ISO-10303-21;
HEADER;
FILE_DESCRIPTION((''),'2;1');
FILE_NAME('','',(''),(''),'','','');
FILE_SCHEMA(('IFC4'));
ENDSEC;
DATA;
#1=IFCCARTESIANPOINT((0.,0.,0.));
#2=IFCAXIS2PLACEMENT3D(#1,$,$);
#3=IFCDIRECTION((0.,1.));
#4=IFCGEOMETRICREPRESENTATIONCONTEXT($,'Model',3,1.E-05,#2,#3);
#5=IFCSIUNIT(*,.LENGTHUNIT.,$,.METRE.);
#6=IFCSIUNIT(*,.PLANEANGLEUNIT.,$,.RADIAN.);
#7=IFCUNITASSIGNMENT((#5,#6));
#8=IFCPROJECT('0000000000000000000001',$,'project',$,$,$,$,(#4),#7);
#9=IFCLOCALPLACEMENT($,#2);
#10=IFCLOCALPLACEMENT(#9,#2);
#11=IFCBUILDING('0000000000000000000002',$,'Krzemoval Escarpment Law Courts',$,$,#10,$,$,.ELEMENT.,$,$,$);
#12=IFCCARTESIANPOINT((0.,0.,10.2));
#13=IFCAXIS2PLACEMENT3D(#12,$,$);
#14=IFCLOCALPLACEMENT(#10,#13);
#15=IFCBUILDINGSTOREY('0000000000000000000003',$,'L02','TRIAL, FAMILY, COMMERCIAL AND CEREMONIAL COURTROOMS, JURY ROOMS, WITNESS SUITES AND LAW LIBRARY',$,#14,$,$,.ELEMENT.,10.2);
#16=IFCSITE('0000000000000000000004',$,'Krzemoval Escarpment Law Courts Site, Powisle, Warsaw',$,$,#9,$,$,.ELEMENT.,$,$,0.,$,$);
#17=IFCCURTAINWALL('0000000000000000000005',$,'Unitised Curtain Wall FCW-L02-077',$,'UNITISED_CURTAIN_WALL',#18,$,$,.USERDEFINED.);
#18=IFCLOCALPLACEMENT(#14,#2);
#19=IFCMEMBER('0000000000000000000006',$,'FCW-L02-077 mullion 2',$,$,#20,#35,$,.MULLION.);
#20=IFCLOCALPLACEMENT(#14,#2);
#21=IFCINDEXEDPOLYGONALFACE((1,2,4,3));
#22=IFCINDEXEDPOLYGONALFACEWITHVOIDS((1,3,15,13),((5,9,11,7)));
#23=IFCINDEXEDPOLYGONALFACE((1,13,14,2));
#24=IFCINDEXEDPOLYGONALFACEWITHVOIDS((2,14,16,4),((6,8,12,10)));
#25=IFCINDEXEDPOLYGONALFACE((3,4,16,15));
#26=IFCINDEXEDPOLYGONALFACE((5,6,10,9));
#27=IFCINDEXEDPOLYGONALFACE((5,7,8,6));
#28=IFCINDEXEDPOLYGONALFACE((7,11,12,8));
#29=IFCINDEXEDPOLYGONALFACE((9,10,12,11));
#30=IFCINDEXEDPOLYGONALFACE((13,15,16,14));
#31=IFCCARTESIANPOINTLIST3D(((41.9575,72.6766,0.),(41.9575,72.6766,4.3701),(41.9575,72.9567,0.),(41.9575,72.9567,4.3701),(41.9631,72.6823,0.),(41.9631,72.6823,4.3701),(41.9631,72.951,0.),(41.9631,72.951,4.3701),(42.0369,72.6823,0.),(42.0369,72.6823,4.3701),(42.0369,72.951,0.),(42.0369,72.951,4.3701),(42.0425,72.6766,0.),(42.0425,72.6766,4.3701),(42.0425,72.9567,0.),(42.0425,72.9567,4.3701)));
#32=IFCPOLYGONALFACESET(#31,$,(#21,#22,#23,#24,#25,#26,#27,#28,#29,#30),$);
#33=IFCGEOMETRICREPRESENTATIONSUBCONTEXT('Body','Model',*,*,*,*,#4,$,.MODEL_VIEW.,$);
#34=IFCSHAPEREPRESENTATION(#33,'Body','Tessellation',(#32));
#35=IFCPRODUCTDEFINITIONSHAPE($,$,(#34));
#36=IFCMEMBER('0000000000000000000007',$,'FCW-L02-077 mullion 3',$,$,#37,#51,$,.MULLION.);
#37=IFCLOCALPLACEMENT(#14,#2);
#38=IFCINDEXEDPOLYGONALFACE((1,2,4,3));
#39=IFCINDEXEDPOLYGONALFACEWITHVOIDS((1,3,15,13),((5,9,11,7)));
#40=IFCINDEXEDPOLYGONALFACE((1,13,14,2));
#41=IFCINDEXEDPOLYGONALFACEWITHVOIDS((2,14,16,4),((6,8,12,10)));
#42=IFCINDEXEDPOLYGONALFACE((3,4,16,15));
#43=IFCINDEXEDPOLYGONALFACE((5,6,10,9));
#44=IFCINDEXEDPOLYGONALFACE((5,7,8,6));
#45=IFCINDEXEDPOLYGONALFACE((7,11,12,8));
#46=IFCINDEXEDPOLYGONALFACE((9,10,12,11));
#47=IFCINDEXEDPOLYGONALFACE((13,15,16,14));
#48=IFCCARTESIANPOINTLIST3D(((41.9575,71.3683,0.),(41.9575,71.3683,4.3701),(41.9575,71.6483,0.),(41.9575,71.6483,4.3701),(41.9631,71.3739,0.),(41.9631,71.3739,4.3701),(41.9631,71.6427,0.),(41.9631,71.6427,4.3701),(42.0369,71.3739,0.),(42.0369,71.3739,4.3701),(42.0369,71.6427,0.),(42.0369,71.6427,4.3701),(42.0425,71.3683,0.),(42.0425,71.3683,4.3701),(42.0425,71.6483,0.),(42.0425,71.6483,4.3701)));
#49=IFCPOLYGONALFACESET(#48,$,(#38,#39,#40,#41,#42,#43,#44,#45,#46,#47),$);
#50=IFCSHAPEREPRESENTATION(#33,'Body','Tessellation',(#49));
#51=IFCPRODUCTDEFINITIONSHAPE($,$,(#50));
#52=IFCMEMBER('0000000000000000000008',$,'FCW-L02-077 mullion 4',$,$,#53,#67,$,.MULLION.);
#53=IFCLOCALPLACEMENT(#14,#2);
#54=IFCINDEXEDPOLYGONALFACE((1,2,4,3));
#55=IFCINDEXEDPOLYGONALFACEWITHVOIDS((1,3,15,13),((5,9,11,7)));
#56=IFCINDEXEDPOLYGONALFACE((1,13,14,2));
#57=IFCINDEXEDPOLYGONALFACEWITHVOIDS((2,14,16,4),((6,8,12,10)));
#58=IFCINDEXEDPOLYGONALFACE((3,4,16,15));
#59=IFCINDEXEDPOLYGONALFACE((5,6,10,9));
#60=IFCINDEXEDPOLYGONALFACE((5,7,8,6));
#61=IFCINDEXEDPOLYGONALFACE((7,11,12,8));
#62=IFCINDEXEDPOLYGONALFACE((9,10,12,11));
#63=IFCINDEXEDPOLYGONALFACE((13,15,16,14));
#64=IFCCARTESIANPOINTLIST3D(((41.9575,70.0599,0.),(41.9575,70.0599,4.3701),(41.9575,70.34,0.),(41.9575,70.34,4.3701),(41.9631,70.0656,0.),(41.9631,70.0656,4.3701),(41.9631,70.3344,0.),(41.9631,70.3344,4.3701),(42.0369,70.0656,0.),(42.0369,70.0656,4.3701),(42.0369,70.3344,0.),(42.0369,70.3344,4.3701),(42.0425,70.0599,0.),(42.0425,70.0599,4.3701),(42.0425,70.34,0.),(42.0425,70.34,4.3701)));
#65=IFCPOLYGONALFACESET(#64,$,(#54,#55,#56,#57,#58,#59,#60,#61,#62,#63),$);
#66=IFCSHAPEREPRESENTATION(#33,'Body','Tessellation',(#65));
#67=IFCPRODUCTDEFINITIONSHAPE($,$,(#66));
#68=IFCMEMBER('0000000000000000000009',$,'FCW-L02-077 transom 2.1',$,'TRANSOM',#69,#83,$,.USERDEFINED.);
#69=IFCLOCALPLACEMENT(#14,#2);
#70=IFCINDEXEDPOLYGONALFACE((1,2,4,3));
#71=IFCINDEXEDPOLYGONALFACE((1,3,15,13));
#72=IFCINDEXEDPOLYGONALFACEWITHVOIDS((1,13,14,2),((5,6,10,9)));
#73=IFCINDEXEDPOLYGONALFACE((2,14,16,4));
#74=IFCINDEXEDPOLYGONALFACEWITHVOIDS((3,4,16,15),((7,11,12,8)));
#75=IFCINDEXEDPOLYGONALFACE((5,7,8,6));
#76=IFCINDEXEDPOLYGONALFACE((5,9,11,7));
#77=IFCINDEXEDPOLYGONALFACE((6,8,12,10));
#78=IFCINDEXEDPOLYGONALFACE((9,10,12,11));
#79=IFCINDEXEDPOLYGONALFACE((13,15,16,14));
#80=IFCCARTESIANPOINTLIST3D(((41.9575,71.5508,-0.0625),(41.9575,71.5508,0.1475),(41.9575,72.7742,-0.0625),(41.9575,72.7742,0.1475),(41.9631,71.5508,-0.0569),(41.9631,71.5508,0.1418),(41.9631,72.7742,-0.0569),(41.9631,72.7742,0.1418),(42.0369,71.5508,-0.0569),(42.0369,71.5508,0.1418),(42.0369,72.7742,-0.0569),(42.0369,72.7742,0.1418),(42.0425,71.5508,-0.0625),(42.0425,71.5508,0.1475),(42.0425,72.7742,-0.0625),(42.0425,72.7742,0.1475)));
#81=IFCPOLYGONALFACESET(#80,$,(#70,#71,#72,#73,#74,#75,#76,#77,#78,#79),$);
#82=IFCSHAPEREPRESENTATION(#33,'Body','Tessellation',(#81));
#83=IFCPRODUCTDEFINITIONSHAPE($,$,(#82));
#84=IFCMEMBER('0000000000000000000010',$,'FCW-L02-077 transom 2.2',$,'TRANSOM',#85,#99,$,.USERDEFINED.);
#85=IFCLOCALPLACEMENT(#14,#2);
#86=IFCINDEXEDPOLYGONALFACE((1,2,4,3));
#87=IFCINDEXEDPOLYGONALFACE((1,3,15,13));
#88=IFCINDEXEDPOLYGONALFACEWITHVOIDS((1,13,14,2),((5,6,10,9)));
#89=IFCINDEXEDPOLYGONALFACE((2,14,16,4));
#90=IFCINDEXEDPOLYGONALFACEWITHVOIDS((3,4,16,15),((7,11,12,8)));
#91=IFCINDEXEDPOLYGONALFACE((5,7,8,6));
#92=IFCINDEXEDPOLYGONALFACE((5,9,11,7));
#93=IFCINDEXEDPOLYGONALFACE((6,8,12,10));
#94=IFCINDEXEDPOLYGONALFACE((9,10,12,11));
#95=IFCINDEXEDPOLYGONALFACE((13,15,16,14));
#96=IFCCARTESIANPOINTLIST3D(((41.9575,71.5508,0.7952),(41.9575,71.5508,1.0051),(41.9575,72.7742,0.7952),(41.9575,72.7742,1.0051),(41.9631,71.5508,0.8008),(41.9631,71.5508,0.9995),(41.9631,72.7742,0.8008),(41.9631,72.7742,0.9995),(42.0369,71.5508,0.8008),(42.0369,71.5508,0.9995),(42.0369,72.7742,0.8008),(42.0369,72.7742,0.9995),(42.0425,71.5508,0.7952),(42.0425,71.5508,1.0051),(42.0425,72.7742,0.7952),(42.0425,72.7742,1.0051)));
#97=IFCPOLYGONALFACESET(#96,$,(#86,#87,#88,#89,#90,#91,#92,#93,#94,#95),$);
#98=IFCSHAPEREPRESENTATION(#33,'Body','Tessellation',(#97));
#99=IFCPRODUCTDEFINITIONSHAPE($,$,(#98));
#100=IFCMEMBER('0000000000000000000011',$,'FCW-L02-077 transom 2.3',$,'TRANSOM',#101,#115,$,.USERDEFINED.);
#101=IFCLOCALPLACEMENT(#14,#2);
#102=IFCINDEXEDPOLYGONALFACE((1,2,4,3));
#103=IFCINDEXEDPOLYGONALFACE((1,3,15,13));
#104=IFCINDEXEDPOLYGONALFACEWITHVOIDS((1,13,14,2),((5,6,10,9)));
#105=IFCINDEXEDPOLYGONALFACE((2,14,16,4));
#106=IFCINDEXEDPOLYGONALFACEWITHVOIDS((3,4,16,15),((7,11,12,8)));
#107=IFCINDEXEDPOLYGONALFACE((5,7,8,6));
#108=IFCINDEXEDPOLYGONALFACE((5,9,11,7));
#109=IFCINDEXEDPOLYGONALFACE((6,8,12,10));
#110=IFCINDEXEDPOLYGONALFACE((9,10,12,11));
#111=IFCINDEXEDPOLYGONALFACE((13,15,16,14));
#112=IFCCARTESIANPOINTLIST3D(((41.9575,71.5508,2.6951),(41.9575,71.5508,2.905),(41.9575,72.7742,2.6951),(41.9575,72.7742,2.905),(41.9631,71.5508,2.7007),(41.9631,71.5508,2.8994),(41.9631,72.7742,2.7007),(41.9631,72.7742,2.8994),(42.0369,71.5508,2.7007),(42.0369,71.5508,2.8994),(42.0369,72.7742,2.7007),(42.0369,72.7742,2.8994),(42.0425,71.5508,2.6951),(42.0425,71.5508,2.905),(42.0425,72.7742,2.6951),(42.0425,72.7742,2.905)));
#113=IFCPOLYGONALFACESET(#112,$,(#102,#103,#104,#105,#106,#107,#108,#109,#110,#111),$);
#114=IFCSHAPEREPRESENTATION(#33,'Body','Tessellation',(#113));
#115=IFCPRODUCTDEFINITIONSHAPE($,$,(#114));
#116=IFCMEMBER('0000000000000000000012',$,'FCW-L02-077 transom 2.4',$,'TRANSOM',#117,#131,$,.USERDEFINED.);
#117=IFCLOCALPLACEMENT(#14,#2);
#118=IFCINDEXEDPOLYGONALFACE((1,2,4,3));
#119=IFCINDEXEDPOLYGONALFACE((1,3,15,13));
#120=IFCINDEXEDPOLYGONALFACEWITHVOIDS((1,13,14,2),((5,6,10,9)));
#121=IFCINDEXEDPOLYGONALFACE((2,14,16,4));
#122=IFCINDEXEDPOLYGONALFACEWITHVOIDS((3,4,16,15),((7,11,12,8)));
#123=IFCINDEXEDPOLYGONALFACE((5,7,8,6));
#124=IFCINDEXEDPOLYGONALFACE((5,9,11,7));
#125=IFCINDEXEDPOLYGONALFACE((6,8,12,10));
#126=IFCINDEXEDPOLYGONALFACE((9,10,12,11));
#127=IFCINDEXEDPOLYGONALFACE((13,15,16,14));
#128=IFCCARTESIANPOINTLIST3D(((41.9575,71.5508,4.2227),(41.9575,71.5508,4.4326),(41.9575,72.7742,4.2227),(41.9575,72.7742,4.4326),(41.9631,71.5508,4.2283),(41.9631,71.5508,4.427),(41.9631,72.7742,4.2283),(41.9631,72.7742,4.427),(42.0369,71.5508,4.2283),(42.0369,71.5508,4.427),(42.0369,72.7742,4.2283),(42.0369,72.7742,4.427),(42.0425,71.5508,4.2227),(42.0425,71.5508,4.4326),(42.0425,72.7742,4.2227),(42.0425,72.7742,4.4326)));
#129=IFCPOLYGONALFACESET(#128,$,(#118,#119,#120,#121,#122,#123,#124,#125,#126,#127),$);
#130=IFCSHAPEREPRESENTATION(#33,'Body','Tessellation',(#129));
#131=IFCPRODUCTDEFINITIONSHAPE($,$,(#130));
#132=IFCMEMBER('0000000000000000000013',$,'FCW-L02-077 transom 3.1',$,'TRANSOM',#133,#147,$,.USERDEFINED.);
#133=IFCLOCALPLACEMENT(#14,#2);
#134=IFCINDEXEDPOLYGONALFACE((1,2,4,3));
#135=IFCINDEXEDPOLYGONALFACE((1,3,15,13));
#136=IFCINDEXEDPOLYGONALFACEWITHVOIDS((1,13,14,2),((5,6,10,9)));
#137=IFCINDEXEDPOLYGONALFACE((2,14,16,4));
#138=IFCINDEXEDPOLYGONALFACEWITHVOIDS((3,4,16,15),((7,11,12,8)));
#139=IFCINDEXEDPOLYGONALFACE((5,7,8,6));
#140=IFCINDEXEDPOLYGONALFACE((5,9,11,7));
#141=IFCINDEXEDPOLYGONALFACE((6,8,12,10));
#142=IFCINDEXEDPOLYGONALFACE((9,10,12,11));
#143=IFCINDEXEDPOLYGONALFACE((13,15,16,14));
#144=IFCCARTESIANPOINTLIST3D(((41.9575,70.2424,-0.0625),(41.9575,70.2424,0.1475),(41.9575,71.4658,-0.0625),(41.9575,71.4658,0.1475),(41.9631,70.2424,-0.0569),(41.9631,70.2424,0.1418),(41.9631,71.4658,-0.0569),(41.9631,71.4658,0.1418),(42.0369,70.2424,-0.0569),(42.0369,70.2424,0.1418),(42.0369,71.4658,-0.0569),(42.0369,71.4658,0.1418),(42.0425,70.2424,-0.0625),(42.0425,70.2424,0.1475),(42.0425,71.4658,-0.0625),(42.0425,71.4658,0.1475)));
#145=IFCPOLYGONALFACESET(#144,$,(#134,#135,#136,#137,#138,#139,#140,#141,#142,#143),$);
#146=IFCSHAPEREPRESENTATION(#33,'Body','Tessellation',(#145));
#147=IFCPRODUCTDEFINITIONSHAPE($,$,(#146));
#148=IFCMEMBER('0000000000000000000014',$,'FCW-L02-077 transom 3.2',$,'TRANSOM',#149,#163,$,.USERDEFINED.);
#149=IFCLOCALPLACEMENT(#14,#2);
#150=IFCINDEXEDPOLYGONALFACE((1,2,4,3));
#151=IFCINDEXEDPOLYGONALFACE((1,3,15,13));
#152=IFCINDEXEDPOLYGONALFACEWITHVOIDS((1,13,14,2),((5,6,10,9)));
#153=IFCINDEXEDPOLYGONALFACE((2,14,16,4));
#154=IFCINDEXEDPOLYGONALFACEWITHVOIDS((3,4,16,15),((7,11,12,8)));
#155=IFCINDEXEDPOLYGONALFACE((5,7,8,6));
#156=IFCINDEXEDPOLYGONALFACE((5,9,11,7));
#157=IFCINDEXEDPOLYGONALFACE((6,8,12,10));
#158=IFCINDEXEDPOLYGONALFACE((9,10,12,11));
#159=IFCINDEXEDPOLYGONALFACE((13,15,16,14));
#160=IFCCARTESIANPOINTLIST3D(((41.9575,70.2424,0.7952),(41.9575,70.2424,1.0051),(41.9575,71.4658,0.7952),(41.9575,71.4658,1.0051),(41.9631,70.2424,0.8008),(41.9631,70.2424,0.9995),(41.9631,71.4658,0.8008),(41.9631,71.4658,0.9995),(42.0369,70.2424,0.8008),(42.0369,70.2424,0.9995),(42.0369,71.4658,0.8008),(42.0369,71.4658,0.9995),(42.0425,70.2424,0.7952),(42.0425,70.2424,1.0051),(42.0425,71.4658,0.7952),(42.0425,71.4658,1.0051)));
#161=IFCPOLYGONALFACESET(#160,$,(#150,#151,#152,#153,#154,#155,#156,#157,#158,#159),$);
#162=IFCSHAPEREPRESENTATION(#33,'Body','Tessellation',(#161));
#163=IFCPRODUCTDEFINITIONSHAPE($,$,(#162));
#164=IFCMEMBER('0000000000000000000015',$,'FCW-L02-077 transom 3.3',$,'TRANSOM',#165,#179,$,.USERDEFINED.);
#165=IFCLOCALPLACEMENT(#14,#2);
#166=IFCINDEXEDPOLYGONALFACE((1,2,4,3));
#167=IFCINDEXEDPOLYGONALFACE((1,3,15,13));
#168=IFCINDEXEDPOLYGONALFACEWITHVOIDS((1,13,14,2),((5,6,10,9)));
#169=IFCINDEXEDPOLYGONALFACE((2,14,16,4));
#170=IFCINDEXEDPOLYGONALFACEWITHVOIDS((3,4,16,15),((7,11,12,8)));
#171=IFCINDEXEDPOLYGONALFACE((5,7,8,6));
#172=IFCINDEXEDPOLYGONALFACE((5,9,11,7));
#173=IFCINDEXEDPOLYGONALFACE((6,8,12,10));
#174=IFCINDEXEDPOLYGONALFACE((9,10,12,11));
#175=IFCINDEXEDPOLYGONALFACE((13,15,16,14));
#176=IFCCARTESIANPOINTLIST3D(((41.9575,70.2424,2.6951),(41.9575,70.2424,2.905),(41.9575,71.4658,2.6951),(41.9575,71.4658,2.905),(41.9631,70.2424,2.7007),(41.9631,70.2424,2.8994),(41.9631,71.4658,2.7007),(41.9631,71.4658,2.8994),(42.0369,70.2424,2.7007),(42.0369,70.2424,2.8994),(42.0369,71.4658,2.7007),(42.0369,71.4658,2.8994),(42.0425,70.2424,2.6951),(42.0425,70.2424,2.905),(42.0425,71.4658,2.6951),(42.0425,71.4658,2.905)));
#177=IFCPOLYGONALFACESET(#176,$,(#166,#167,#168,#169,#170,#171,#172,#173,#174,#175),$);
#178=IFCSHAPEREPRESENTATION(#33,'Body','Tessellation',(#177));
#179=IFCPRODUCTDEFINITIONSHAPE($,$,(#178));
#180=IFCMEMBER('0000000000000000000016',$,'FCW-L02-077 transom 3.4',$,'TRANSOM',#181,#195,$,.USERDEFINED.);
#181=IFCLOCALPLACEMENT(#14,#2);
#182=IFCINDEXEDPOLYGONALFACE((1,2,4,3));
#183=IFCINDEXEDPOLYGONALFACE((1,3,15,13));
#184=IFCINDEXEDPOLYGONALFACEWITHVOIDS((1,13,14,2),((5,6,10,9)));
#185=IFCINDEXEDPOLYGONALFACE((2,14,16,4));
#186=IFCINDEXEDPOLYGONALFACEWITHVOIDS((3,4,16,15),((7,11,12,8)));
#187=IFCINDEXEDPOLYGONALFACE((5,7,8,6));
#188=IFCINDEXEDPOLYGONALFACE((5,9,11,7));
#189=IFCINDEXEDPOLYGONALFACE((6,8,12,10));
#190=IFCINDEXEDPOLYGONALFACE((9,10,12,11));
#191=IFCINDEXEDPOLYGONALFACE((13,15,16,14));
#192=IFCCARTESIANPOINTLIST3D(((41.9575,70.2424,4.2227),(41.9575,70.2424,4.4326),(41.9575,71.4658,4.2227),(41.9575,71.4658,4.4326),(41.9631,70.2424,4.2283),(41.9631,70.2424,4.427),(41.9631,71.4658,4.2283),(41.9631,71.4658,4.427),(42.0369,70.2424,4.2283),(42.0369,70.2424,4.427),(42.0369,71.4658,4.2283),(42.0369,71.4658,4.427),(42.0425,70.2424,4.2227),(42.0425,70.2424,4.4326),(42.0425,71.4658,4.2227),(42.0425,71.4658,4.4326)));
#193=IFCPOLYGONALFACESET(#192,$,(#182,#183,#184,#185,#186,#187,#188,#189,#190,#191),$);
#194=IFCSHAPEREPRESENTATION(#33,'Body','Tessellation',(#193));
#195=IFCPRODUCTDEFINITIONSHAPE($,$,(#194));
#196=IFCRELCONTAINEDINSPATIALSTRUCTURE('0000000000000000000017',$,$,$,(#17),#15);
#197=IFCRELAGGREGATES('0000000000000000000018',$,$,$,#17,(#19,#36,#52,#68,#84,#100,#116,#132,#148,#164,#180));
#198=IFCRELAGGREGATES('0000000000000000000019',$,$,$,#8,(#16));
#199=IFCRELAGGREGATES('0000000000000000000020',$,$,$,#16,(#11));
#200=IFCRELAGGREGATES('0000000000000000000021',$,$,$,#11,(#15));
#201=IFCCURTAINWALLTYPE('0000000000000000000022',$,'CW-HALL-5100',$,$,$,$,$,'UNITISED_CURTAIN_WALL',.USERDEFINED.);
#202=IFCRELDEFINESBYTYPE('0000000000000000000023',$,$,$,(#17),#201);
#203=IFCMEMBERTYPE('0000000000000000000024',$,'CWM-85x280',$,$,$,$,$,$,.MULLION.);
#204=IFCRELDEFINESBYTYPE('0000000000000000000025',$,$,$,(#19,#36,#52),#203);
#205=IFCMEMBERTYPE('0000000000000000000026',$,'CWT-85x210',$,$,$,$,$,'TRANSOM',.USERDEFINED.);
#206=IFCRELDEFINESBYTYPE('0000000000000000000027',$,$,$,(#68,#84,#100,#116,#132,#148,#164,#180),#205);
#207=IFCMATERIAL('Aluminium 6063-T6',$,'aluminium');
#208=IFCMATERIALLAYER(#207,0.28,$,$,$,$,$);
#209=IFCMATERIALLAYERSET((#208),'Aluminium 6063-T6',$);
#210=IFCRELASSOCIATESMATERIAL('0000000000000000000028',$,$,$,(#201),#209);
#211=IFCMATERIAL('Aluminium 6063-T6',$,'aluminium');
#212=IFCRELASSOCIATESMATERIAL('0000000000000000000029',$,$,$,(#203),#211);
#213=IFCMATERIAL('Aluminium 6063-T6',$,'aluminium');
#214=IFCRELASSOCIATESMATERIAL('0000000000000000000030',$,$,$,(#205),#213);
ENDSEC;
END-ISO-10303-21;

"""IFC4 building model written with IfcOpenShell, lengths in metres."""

from ifc_helpers import new_model, si_unit, direction, frame, origin, origin_2d, place, context, subcontext, project, spatial, hollow_rectangle, extrude, material, layer, layer_set, material_profile, profile_set, type_object, element, aggregate, save


model = new_model("IFC4")

# Units and contexts
model_context = context("Model", 3, precision=1e-05, world=origin(), true_north=direction((0.0, 1.0)))
body_context = subcontext(model_context, "Body", "Model", "MODEL_VIEW")
ifc_project = project(units=[si_unit("LENGTHUNIT", "METRE"), si_unit("PLANEANGLEUNIT", "RADIAN")], contexts=[model_context])

# Site, building, storey
site_placement = place(None, origin())
site = spatial("IfcSite", under=ifc_project, at=site_placement, Name="Krzemoval Escarpment Law Courts Site, Powisle, Warsaw", CompositionType="ELEMENT", RefElevation=0.0)
building_placement = place(site_placement, origin())
building = spatial("IfcBuilding", under=site, at=building_placement, Name="Krzemoval Escarpment Law Courts", CompositionType="ELEMENT")
storey_placement = place(building_placement, frame((0.0, 0.0, 10.2)))
storey = spatial("IfcBuildingStorey", under=building, at=storey_placement, Name="L02", Description="TRIAL, FAMILY, COMMERCIAL AND CEREMONIAL COURTROOMS, JURY ROOMS, WITNESS SUITES AND LAW LIBRARY", CompositionType="ELEMENT", Elevation=10.2)

# Curtain wall, members
ifc_material_1 = material(Name="Aluminium 6063-T6", Category="aluminium")
ifc_layer_1 = layer(ifc_material_1, 0.28)
ifc_layer_set_1 = layer_set([ifc_layer_1], Name="Aluminium 6063-T6")
curtain_wall_type = type_object("IfcCurtainWallType", Name="CW-HALL-5100", ElementType="UNITISED_CURTAIN_WALL", PredefinedType="USERDEFINED", material=ifc_layer_set_1)
curtain_wall_placement = place(storey_placement, origin())
curtain_wall = element("IfcCurtainWall", 1, at=curtain_wall_placement, inside=storey, type_object=curtain_wall_type, Name="Unitised Curtain Wall FCW-L02-077", ObjectType="UNITISED_CURTAIN_WALL", PredefinedType="USERDEFINED")
ifc_material_2 = material(Name="Aluminium 6063-T6", Category="aluminium")
ifc_material_profile_1 = material_profile(ifc_material_2, hollow_rectangle(XDim=0.085, YDim=0.28, WallThickness=0.0056, at=origin_2d()), Name="ALU M85x280")
ifc_profile_set_1 = profile_set([ifc_material_profile_1], Name="Aluminium 6063-T6")
member_type_1 = type_object("IfcMemberType", Name="CWM-85x280", PredefinedType="MULLION", material=ifc_profile_set_1)
member_1_placement = place(storey_placement, frame((42.0, 72.8167, 0.0), z_axis=(0.0, 0.0, 1.0), x_axis=(1.0, 0.0, 0.0)))
member_1 = element("IfcMember", 2, at=member_1_placement, type_object=member_type_1, Name="FCW-L02-077 mullion 2", PredefinedType="MULLION", context=body_context, shape_type="SweptSolid", body=[
    extrude(hollow_rectangle(XDim=0.085, YDim=0.28, WallThickness=0.0056, at=origin_2d()), origin(), (0.0, 0.0, 1.0), 4.3701),
])
member_2_placement = place(storey_placement, frame((42.0, 71.5083, 0.0), z_axis=(0.0, 0.0, 1.0), x_axis=(1.0, 0.0, 0.0)))
member_2 = element("IfcMember", 3, at=member_2_placement, type_object=member_type_1, Name="FCW-L02-077 mullion 3", PredefinedType="MULLION", context=body_context, shape_type="SweptSolid", body=[
    extrude(hollow_rectangle(XDim=0.085, YDim=0.28, WallThickness=0.0056, at=origin_2d()), origin(), (0.0, 0.0, 1.0), 4.3701),
])
member_3_placement = place(storey_placement, frame((42.0, 70.2, 0.0), z_axis=(0.0, 0.0, 1.0), x_axis=(1.0, 0.0, 0.0)))
member_3 = element("IfcMember", 4, at=member_3_placement, type_object=member_type_1, Name="FCW-L02-077 mullion 4", PredefinedType="MULLION", context=body_context, shape_type="SweptSolid", body=[
    extrude(hollow_rectangle(XDim=0.085, YDim=0.28, WallThickness=0.0056, at=origin_2d()), origin(), (0.0, 0.0, 1.0), 4.3701),
])
ifc_material_3 = material(Name="Aluminium 6063-T6", Category="aluminium")
ifc_material_profile_2 = material_profile(ifc_material_3, hollow_rectangle(XDim=0.085, YDim=0.21, WallThickness=0.0056, at=origin_2d()), Name="ALU T85x210")
ifc_profile_set_2 = profile_set([ifc_material_profile_2], Name="Aluminium 6063-T6")
member_type_2 = type_object("IfcMemberType", Name="CWT-85x210", ElementType="TRANSOM", PredefinedType="USERDEFINED", material=ifc_profile_set_2)
member_4_placement = place(storey_placement, frame((42.0, 72.7742, 0.0425), z_axis=(0.0, -1.0, 0.0), x_axis=(1.0, 0.0, 0.0)))
member_4 = element("IfcMember", 5, at=member_4_placement, type_object=member_type_2, Name="FCW-L02-077 transom 2.1", ObjectType="TRANSOM", PredefinedType="USERDEFINED", context=body_context, shape_type="SweptSolid", body=[
    extrude(hollow_rectangle(XDim=0.085, YDim=0.21, WallThickness=0.0056, at=origin_2d()), origin(), (0.0, 0.0, 1.0), 1.2234),
])
member_5_placement = place(storey_placement, frame((42.0, 72.7742, 0.9001), z_axis=(0.0, -1.0, 0.0), x_axis=(1.0, 0.0, 0.0)))
member_5 = element("IfcMember", 6, at=member_5_placement, type_object=member_type_2, Name="FCW-L02-077 transom 2.2", ObjectType="TRANSOM", PredefinedType="USERDEFINED", context=body_context, shape_type="SweptSolid", body=[
    extrude(hollow_rectangle(XDim=0.085, YDim=0.21, WallThickness=0.0056, at=origin_2d()), origin(), (0.0, 0.0, 1.0), 1.2234),
])
member_6_placement = place(storey_placement, frame((42.0, 72.7742, 2.8), z_axis=(0.0, -1.0, 0.0), x_axis=(1.0, 0.0, 0.0)))
member_6 = element("IfcMember", 7, at=member_6_placement, type_object=member_type_2, Name="FCW-L02-077 transom 2.3", ObjectType="TRANSOM", PredefinedType="USERDEFINED", context=body_context, shape_type="SweptSolid", body=[
    extrude(hollow_rectangle(XDim=0.085, YDim=0.21, WallThickness=0.0056, at=origin_2d()), origin(), (0.0, 0.0, 1.0), 1.2234),
])
member_7_placement = place(storey_placement, frame((42.0, 72.7742, 4.3276), z_axis=(0.0, -1.0, 0.0), x_axis=(1.0, 0.0, 0.0)))
member_7 = element("IfcMember", 8, at=member_7_placement, type_object=member_type_2, Name="FCW-L02-077 transom 2.4", ObjectType="TRANSOM", PredefinedType="USERDEFINED", context=body_context, shape_type="SweptSolid", body=[
    extrude(hollow_rectangle(XDim=0.085, YDim=0.21, WallThickness=0.0056, at=origin_2d()), origin(), (0.0, 0.0, 1.0), 1.2234),
])
member_8_placement = place(storey_placement, frame((42.0, 71.4658, 0.0425), z_axis=(0.0, -1.0, 0.0), x_axis=(1.0, 0.0, 0.0)))
member_8 = element("IfcMember", 9, at=member_8_placement, type_object=member_type_2, Name="FCW-L02-077 transom 3.1", ObjectType="TRANSOM", PredefinedType="USERDEFINED", context=body_context, shape_type="SweptSolid", body=[
    extrude(hollow_rectangle(XDim=0.085, YDim=0.21, WallThickness=0.0056, at=origin_2d()), origin(), (0.0, 0.0, 1.0), 1.2234),
])
member_9_placement = place(storey_placement, frame((42.0, 71.4658, 0.9001), z_axis=(0.0, -1.0, 0.0), x_axis=(1.0, 0.0, 0.0)))
member_9 = element("IfcMember", 10, at=member_9_placement, type_object=member_type_2, Name="FCW-L02-077 transom 3.2", ObjectType="TRANSOM", PredefinedType="USERDEFINED", context=body_context, shape_type="SweptSolid", body=[
    extrude(hollow_rectangle(XDim=0.085, YDim=0.21, WallThickness=0.0056, at=origin_2d()), origin(), (0.0, 0.0, 1.0), 1.2234),
])
member_10_placement = place(storey_placement, frame((42.0, 71.4658, 2.8), z_axis=(0.0, -1.0, 0.0), x_axis=(1.0, 0.0, 0.0)))
member_10 = element("IfcMember", 11, at=member_10_placement, type_object=member_type_2, Name="FCW-L02-077 transom 3.3", ObjectType="TRANSOM", PredefinedType="USERDEFINED", context=body_context, shape_type="SweptSolid", body=[
    extrude(hollow_rectangle(XDim=0.085, YDim=0.21, WallThickness=0.0056, at=origin_2d()), origin(), (0.0, 0.0, 1.0), 1.2234),
])
member_11_placement = place(storey_placement, frame((42.0, 71.4658, 4.3276), z_axis=(0.0, -1.0, 0.0), x_axis=(1.0, 0.0, 0.0)))
member_11 = element("IfcMember", 12, at=member_11_placement, type_object=member_type_2, Name="FCW-L02-077 transom 3.4", ObjectType="TRANSOM", PredefinedType="USERDEFINED", context=body_context, shape_type="SweptSolid", body=[
    extrude(hollow_rectangle(XDim=0.085, YDim=0.21, WallThickness=0.0056, at=origin_2d()), origin(), (0.0, 0.0, 1.0), 1.2234),
])
aggregate(curtain_wall, [member_1, member_2, member_3, member_4, member_5, member_6, member_7, member_8, member_9, member_10, member_11])

save(model, "model.ifc")
